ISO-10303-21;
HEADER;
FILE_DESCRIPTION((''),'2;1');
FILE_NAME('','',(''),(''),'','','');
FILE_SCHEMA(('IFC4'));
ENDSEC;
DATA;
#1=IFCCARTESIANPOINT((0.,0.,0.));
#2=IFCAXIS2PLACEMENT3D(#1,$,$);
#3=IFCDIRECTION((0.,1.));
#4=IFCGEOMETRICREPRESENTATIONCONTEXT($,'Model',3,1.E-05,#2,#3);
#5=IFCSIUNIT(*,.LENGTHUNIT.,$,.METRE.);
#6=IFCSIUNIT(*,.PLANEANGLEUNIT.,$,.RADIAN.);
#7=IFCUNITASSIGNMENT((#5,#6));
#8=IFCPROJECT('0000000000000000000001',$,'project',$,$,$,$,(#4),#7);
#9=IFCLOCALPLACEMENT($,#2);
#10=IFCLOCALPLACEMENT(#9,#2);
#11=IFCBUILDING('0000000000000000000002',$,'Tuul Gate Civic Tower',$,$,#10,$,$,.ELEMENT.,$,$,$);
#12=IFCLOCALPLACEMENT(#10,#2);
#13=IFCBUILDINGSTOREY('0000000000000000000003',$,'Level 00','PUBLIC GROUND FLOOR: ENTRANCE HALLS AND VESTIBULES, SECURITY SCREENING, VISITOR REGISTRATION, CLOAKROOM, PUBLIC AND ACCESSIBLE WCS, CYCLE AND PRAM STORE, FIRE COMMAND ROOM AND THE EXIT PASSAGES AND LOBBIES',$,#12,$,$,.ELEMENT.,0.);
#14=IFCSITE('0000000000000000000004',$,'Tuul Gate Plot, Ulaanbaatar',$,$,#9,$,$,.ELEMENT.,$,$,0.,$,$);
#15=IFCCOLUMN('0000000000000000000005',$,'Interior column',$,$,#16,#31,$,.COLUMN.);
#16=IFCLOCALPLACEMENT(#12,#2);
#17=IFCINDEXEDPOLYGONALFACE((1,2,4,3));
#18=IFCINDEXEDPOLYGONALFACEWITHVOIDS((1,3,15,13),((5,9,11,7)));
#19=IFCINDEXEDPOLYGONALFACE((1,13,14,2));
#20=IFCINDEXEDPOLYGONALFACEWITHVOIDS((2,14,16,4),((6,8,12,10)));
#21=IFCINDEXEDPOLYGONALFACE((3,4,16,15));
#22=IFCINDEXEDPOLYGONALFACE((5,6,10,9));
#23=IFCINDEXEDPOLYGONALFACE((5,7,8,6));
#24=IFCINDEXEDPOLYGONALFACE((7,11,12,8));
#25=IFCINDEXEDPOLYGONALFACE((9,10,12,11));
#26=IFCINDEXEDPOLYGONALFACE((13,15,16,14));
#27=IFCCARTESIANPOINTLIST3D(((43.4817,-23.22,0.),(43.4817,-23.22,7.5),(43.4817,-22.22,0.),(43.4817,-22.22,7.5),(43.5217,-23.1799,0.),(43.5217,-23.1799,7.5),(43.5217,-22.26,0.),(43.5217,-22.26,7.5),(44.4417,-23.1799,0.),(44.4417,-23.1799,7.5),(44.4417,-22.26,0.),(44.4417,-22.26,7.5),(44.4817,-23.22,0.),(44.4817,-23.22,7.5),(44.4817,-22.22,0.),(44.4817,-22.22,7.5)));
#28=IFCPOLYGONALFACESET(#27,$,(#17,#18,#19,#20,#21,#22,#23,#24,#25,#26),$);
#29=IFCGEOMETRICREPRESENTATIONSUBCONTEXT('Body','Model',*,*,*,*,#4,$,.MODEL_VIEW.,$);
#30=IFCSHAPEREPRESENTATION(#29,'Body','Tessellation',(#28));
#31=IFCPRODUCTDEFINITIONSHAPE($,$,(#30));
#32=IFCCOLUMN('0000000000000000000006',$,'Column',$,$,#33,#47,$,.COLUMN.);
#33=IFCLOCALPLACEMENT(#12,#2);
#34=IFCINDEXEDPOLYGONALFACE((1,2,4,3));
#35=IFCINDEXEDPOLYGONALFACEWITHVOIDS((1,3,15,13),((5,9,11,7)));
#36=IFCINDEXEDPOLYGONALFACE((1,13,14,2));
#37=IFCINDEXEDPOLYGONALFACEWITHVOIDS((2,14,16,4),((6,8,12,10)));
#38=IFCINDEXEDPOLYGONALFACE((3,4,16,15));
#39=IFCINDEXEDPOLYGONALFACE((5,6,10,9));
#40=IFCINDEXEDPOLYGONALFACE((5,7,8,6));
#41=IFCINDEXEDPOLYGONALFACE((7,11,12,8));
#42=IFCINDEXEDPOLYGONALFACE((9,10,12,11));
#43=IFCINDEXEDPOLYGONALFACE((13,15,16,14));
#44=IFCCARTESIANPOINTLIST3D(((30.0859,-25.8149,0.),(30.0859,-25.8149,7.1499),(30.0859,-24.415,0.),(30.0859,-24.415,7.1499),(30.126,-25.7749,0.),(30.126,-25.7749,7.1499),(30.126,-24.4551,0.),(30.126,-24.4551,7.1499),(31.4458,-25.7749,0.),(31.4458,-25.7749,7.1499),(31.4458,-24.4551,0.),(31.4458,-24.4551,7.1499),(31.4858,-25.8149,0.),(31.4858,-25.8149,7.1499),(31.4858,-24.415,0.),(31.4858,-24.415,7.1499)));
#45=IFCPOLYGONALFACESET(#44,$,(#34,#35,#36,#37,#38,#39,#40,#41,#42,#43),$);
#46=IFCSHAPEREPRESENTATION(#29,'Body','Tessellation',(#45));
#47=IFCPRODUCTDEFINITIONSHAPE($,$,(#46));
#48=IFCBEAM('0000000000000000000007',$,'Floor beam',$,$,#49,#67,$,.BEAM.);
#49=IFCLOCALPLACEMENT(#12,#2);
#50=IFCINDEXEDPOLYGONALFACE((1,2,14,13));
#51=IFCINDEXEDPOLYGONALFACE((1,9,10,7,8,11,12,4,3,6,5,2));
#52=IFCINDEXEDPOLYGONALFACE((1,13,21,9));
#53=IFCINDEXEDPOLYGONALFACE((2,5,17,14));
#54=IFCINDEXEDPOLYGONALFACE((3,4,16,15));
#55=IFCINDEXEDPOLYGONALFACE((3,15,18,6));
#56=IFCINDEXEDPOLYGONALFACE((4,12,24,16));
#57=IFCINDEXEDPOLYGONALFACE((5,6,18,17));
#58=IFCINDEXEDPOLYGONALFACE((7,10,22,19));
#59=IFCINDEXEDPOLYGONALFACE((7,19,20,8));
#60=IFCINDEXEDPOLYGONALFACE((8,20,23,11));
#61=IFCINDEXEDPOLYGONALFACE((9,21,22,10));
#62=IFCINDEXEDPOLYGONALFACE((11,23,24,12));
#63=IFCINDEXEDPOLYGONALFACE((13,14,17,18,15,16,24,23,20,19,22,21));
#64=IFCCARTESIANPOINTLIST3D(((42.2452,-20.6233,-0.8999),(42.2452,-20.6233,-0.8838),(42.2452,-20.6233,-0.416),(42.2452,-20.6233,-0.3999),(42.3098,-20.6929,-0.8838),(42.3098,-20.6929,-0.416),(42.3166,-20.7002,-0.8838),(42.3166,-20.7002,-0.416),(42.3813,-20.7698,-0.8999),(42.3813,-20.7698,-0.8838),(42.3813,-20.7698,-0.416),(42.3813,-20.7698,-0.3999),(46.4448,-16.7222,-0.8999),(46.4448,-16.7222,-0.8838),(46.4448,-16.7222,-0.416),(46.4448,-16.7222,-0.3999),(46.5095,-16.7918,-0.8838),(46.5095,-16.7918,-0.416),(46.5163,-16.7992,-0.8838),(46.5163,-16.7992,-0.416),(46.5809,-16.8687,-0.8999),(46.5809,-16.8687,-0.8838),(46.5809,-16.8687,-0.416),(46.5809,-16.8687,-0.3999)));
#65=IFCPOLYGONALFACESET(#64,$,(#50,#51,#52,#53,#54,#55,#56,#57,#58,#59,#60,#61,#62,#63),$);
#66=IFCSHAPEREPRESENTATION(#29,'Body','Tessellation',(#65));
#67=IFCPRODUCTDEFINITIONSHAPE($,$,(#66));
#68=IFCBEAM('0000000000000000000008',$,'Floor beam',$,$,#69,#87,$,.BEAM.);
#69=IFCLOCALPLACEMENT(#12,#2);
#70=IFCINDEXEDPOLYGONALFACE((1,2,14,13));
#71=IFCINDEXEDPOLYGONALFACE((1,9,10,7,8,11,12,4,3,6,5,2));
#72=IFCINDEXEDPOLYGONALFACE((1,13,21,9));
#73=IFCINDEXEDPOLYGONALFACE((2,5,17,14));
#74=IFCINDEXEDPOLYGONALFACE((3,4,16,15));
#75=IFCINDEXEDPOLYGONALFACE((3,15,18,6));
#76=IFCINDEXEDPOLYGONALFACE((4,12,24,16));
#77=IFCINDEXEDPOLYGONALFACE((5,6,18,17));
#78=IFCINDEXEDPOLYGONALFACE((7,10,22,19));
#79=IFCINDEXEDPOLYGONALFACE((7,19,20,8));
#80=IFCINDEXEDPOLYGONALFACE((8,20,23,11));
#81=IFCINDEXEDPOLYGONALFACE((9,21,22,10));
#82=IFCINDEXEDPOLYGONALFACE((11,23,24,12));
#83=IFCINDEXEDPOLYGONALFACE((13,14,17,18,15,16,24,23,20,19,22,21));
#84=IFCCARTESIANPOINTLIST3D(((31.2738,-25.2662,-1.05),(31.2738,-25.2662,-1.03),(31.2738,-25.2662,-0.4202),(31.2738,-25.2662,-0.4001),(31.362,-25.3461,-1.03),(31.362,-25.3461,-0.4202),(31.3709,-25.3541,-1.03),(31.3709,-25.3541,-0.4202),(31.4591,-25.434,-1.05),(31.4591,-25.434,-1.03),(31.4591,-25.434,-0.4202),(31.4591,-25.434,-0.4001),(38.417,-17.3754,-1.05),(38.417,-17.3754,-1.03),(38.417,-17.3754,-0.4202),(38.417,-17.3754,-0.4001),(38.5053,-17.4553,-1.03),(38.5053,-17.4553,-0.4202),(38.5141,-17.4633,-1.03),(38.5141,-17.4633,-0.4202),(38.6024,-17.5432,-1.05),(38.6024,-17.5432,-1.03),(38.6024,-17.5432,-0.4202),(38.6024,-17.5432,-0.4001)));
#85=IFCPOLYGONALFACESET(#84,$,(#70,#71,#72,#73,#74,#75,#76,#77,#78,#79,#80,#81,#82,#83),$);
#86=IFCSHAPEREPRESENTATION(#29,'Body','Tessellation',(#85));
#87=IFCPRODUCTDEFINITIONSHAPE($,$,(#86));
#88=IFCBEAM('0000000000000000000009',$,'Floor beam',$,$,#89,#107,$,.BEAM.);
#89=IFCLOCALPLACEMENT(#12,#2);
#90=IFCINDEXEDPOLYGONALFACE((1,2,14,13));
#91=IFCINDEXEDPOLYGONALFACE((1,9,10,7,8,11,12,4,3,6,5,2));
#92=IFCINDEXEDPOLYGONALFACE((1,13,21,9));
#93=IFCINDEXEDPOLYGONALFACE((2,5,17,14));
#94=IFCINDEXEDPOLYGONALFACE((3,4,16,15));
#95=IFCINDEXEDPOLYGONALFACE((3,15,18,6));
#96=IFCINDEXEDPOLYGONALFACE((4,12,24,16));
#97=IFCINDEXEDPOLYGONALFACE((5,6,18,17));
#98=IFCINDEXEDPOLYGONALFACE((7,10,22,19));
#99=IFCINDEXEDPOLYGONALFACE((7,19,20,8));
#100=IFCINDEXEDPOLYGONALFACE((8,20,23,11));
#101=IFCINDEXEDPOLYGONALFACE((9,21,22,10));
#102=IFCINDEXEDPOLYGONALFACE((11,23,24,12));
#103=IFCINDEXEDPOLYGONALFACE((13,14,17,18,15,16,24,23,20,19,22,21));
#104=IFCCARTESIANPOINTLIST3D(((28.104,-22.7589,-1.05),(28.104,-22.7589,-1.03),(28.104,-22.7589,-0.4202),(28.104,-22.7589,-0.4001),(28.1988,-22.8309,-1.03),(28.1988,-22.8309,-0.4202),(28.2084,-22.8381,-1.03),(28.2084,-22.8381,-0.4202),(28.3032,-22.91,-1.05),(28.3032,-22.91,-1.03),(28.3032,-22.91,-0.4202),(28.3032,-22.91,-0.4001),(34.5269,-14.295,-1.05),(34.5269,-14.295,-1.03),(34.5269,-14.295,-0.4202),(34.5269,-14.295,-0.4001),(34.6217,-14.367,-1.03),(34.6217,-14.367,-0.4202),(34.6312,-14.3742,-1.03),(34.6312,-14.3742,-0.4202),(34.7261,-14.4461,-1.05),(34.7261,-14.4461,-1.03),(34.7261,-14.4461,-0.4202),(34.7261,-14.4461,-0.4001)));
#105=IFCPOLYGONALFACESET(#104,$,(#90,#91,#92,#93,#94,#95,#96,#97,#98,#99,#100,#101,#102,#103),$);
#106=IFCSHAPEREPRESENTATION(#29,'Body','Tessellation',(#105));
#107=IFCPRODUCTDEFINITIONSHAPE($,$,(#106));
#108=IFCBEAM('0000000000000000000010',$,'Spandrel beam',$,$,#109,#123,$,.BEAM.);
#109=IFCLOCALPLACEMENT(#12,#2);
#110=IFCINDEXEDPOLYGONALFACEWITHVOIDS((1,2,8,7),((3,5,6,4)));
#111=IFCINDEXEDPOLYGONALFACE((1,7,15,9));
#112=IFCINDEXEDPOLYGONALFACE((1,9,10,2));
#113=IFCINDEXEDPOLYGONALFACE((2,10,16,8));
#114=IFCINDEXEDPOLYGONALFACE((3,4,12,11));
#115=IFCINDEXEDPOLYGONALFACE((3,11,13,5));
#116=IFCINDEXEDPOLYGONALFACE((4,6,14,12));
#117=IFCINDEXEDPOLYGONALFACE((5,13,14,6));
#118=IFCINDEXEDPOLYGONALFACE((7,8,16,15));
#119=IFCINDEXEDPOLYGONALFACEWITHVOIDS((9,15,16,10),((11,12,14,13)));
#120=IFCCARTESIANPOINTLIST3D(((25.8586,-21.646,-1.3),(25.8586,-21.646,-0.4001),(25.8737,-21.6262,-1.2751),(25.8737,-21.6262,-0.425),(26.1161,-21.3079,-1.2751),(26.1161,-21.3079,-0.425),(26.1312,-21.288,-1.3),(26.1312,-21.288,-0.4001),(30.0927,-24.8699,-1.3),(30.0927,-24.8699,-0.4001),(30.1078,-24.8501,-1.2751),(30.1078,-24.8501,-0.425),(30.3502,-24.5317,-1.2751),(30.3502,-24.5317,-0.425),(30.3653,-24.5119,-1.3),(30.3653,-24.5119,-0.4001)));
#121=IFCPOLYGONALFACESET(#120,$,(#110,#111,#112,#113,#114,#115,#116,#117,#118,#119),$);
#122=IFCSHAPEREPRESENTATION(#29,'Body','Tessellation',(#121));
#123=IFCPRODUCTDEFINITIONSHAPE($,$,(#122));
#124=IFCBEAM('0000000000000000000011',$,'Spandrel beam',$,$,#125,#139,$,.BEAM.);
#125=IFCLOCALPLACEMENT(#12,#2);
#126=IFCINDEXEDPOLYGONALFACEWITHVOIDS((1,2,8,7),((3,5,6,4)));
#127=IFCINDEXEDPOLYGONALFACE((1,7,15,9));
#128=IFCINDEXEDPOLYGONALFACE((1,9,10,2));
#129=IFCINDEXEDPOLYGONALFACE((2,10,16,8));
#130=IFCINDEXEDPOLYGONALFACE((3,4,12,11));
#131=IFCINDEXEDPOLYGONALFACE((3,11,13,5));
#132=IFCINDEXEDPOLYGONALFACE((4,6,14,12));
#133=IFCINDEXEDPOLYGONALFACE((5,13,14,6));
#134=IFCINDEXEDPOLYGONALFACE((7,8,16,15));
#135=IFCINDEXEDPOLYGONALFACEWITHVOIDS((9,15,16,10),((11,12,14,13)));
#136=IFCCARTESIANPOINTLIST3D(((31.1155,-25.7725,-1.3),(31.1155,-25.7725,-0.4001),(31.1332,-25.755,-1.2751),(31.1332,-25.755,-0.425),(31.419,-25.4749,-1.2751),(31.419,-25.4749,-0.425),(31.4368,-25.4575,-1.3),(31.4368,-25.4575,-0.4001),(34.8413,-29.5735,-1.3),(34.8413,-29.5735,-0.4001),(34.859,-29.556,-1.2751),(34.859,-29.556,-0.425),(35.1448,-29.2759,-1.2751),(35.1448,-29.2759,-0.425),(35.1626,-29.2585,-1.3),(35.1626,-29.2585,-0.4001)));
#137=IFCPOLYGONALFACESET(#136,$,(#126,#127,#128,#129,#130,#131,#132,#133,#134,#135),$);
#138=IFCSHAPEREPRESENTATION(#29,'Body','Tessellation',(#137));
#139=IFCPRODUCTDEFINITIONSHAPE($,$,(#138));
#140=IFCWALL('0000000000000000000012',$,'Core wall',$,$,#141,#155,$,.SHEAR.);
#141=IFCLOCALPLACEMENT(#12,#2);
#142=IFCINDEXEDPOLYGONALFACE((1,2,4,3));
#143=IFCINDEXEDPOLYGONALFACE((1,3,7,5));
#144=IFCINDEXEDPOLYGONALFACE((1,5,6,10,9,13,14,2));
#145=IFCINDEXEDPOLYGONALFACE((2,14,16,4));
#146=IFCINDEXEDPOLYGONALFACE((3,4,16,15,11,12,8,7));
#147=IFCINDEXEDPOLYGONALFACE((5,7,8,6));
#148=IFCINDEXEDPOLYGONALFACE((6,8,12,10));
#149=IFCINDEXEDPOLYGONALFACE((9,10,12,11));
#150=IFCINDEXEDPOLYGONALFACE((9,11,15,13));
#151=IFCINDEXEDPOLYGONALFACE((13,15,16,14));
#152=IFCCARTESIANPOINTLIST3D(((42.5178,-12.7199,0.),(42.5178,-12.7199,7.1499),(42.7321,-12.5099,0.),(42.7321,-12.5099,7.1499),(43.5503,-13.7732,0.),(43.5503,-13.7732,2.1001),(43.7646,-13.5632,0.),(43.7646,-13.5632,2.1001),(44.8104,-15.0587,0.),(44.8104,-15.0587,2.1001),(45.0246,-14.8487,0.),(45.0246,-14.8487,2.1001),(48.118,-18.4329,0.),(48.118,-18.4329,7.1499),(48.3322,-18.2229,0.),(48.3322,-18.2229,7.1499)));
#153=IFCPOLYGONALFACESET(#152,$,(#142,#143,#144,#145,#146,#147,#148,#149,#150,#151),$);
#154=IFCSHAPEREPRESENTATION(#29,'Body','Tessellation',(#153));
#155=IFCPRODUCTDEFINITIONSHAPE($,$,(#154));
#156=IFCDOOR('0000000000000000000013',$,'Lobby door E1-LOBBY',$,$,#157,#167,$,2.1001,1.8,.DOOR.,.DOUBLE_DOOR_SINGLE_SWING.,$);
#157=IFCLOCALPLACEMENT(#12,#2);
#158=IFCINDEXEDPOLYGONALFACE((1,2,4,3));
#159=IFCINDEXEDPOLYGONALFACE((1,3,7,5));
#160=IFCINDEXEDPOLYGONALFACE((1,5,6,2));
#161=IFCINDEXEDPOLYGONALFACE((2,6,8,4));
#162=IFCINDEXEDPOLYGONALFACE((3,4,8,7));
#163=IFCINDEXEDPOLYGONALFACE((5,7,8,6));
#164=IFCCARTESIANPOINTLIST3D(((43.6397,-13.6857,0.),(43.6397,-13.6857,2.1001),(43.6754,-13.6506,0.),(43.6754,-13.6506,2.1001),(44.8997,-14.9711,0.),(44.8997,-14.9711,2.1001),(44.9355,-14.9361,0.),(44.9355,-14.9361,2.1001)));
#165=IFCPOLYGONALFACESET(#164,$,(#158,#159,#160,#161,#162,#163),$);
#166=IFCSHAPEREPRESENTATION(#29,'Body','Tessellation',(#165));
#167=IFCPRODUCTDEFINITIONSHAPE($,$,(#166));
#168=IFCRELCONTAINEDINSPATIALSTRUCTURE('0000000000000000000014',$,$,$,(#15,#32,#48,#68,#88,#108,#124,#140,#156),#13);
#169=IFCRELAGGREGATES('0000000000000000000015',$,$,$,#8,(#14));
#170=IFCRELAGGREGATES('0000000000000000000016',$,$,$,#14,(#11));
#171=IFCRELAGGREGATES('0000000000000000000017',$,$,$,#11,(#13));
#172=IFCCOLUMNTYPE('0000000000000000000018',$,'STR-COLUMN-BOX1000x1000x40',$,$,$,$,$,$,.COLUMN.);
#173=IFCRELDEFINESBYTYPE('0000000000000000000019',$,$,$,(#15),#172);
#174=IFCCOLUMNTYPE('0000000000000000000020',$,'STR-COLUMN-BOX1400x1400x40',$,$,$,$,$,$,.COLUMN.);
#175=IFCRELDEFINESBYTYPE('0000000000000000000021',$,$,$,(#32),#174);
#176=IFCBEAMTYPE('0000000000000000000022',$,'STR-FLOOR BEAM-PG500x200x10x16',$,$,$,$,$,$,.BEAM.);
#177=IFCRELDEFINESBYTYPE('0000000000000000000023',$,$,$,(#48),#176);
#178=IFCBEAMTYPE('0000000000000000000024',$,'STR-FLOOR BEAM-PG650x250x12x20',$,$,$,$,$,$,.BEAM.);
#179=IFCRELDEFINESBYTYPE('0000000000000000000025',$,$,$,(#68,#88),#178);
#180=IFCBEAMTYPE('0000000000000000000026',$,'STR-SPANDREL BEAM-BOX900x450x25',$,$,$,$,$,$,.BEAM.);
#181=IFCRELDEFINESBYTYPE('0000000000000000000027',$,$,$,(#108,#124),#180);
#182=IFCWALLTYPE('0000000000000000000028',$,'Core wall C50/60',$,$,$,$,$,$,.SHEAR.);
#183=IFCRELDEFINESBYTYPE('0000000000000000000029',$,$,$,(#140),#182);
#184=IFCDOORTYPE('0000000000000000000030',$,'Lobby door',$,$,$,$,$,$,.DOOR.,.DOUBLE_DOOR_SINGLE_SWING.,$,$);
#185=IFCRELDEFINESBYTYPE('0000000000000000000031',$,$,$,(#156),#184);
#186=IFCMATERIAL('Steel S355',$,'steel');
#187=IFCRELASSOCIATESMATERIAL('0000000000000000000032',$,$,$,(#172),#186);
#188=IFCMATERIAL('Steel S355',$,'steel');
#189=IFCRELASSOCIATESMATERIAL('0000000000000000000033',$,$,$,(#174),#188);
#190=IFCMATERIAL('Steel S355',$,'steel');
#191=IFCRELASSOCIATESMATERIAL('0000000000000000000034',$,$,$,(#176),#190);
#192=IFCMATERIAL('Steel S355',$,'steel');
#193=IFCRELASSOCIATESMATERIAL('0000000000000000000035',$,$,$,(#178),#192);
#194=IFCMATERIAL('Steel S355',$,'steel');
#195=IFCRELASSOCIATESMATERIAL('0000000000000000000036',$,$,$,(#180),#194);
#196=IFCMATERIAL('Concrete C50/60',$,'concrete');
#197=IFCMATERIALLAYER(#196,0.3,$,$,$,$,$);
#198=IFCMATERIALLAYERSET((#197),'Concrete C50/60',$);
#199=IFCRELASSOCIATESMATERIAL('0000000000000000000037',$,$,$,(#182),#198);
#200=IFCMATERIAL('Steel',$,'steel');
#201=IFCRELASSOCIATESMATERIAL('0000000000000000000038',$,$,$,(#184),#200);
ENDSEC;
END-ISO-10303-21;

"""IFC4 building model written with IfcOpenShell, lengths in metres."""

from ifc_helpers import new_model, si_unit, direction, frame, frame_2d, origin, origin_2d, place, context, subcontext, project, spatial, rectangle, hollow_rectangle, i_section, extrude, material, layer, layer_set, material_profile, profile_set, type_object, element, fill, save


model = new_model("IFC4")

# Units and contexts
model_context = context("Model", 3, precision=1e-05, world=origin(), true_north=direction((0.0, 1.0)))
body_context = subcontext(model_context, "Body", "Model", "MODEL_VIEW")
ifc_project = project(units=[si_unit("LENGTHUNIT", "METRE"), si_unit("PLANEANGLEUNIT", "RADIAN")], contexts=[model_context])

# Site, building, storey
site_placement = place(None, origin())
site = spatial("IfcSite", under=ifc_project, at=site_placement, Name="Tuul Gate Plot, Ulaanbaatar", CompositionType="ELEMENT", RefElevation=0.0)
building_placement = place(site_placement, origin())
building = spatial("IfcBuilding", under=site, at=building_placement, Name="Tuul Gate Civic Tower", CompositionType="ELEMENT")
storey_placement = place(building_placement, origin())
storey = spatial("IfcBuildingStorey", under=building, at=storey_placement, Name="Level 00", Description="PUBLIC GROUND FLOOR: ENTRANCE HALLS AND VESTIBULES, SECURITY SCREENING, VISITOR REGISTRATION, CLOAKROOM, PUBLIC AND ACCESSIBLE WCS, CYCLE AND PRAM STORE, FIRE COMMAND ROOM AND THE EXIT PASSAGES AND LOBBIES", CompositionType="ELEMENT", Elevation=0.0)

# Columns
ifc_material_1 = material(Name="Steel S355", Category="steel")
ifc_material_profile_1 = material_profile(ifc_material_1, hollow_rectangle(XDim=1.0, YDim=1.0, WallThickness=0.04, at=origin_2d()), Name="BOX1000x1000x40")
ifc_profile_set_1 = profile_set([ifc_material_profile_1], Name="Steel S355")
column_type_1 = type_object("IfcColumnType", Name="STR-COLUMN-BOX1000x1000x40", PredefinedType="COLUMN", material=ifc_profile_set_1)
column_1_placement = place(storey_placement, frame((43.9817, -22.72, 0.0), z_axis=(0.0, 0.0, 1.0), x_axis=(1.0, 0.0, 0.0)))
element("IfcColumn", 1, at=column_1_placement, inside=storey, type_object=column_type_1, Name="Interior column", PredefinedType="COLUMN", context=body_context, shape_type="SweptSolid", body=[
    extrude(hollow_rectangle(XDim=1.0, YDim=1.0, WallThickness=0.04, at=origin_2d()), origin(), (0.0, 0.0, 1.0), 7.5),
])
ifc_material_2 = material(Name="Steel S355", Category="steel")
ifc_material_profile_2 = material_profile(ifc_material_2, hollow_rectangle(XDim=1.3999, YDim=1.3999, WallThickness=0.04, at=origin_2d()), Name="BOX1400x1400x40")
ifc_profile_set_2 = profile_set([ifc_material_profile_2], Name="Steel S355")
column_type_2 = type_object("IfcColumnType", Name="STR-COLUMN-BOX1400x1400x40", PredefinedType="COLUMN", material=ifc_profile_set_2)
column_2_placement = place(storey_placement, frame((30.7859, -25.115, 0.0), z_axis=(0.0, 0.0, 1.0), x_axis=(1.0, 0.0, 0.0)))
element("IfcColumn", 2, at=column_2_placement, inside=storey, type_object=column_type_2, Name="Column", PredefinedType="COLUMN", context=body_context, shape_type="SweptSolid", body=[
    extrude(hollow_rectangle(XDim=1.3999, YDim=1.3999, WallThickness=0.04, at=origin_2d()), origin(), (0.0, 0.0, 1.0), 7.1499),
])

# Beams
ifc_material_3 = material(Name="Steel S355", Category="steel")
ifc_material_profile_3 = material_profile(ifc_material_3, i_section(OverallWidth=0.2, OverallDepth=0.5, WebThickness=0.01, FlangeThickness=0.0161, at=origin_2d()), Name="PG500x200x10x16")
ifc_profile_set_3 = profile_set([ifc_material_profile_3], Name="Steel S355")
beam_type_1 = type_object("IfcBeamType", Name="STR-FLOOR BEAM-PG500x200x10x16", PredefinedType="BEAM", material=ifc_profile_set_3)
beam_1_placement = place(storey_placement, frame((42.3132, -20.6965, -0.6499), z_axis=(0.732672, 0.680582, 0.0), x_axis=(-0.680582, 0.732672, 0.0)))
element("IfcBeam", 3, at=beam_1_placement, inside=storey, type_object=beam_type_1, Name="Floor beam", PredefinedType="BEAM", context=body_context, shape_type="SweptSolid", body=[
    extrude(i_section(OverallWidth=0.2, OverallDepth=0.5, WebThickness=0.01, FlangeThickness=0.0161, at=origin_2d()), origin(), (0.0, 0.0, 1.0), 5.7319),
])
ifc_material_4 = material(Name="Steel S355", Category="steel")
ifc_material_profile_4 = material_profile(ifc_material_4, i_section(OverallWidth=0.25, OverallDepth=0.6499, WebThickness=0.012, FlangeThickness=0.02, at=origin_2d()), Name="PG650x250x12x20")
ifc_profile_set_4 = profile_set([ifc_material_profile_4], Name="Steel S355")
beam_type_2 = type_object("IfcBeamType", Name="STR-FLOOR BEAM-PG650x250x12x20", PredefinedType="BEAM", material=ifc_profile_set_4)
beam_2_placement = place(storey_placement, frame((31.3665, -25.3501, -0.7251), z_axis=(0.671118, 0.741351, 0.0), x_axis=(-0.741351, 0.671118, 0.0)))
element("IfcBeam", 4, at=beam_2_placement, inside=storey, type_object=beam_type_2, Name="Floor beam", PredefinedType="BEAM", context=body_context, shape_type="SweptSolid", body=[
    extrude(i_section(OverallWidth=0.25, OverallDepth=0.6499, WebThickness=0.012, FlangeThickness=0.02, at=origin_2d()), origin(), (0.0, 0.0, 1.0), 10.6438),
])
beam_3_placement = place(storey_placement, frame((28.2036, -22.8345, -0.7251), z_axis=(0.604505, 0.796601, 0.0), x_axis=(-0.796601, 0.604505, 0.0)))
element("IfcBeam", 5, at=beam_3_placement, inside=storey, type_object=beam_type_2, Name="Floor beam", PredefinedType="BEAM", context=body_context, shape_type="SweptSolid", body=[
    extrude(i_section(OverallWidth=0.25, OverallDepth=0.6499, WebThickness=0.012, FlangeThickness=0.02, at=origin_2d()), origin(), (0.0, 0.0, 1.0), 10.625),
])
ifc_material_5 = material(Name="Steel S355", Category="steel")
ifc_material_profile_5 = material_profile(ifc_material_5, hollow_rectangle(XDim=0.45, YDim=0.8999, WallThickness=0.0249, at=origin_2d()), Name="BOX900x450x25")
ifc_profile_set_5 = profile_set([ifc_material_profile_5], Name="Steel S355")
beam_type_3 = type_object("IfcBeamType", Name="STR-SPANDREL BEAM-BOX900x450x25", PredefinedType="BEAM", material=ifc_profile_set_5)
beam_4_placement = place(storey_placement, frame((25.9949, -21.467, -0.8501), z_axis=(0.795624, -0.60579, 0.0), x_axis=(0.60579, 0.795624, 0.0)))
element("IfcBeam", 6, at=beam_4_placement, inside=storey, type_object=beam_type_3, Name="Spandrel beam", PredefinedType="BEAM", context=body_context, shape_type="SweptSolid", body=[
    extrude(hollow_rectangle(XDim=0.45, YDim=0.8999, WallThickness=0.0249, at=origin_2d()), origin(), (0.0, 0.0, 1.0), 5.3218),
])
beam_5_placement = place(storey_placement, frame((31.2761, -25.615, -0.8501), z_axis=(0.700008, -0.714135, 0.0), x_axis=(0.714135, 0.700008, 0.0)))
element("IfcBeam", 7, at=beam_5_placement, inside=storey, type_object=beam_type_3, Name="Spandrel beam", PredefinedType="BEAM", context=body_context, shape_type="SweptSolid", body=[
    extrude(hollow_rectangle(XDim=0.45, YDim=0.8999, WallThickness=0.0249, at=origin_2d()), origin(), (0.0, 0.0, 1.0), 5.3225),
])

# Wall, opening, door
ifc_material_6 = material(Name="Concrete C50/60", Category="concrete")
ifc_layer_1 = layer(ifc_material_6, 0.3)
ifc_layer_set_1 = layer_set([ifc_layer_1], Name="Concrete C50/60")
wall_type_1 = type_object("IfcWallType", Name="Core wall C50/60", PredefinedType="SHEAR", material=ifc_layer_set_1)
wall_1_placement = place(storey_placement, frame((48.2251, -18.3279, 0.0), z_axis=(0.0, 0.0, 1.0), x_axis=(-0.700022, 0.714121, 0.0)))
wall_1 = element("IfcWall", 8, at=wall_1_placement, inside=storey, type_object=wall_type_1, Name="Core wall", PredefinedType="SHEAR", context=body_context, shape_type="SweptSolid", body=[
    extrude(rectangle(XDim=8.0, YDim=0.3, at=frame_2d((4.0, 0.0))), origin(), (0.0, 0.0, 1.0), 7.1499),
])
opening_1_placement = place(wall_1_placement, frame((4.7251, 0.0, 0.0)))
opening_1 = element("IfcOpeningElement", 9, at=opening_1_placement, cuts=wall_1, PredefinedType="OPENING", context=body_context, shape_type="SweptSolid", body=[
    extrude(rectangle(XDim=1.8, YDim=2.1001, at=frame_2d((0.8999, 1.05))), frame((0.0, 0.1602, 0.0), z_axis=(0.0, -1.0, 0.0), x_axis=(1.0, 0.0, 0.0)), (0.0, 0.0, 1.0), 0.3201),
])
ifc_material_7 = material(Name="Steel", Category="steel")
door_type_1 = type_object("IfcDoorType", Name="Lobby door", OperationType="DOUBLE_DOOR_SINGLE_SWING", PredefinedType="DOOR", material=ifc_material_7)
door_1_placement = place(opening_1_placement, origin())
door_1 = element("IfcDoor", 10, at=door_1_placement, inside=storey, type_object=door_type_1, Name="Lobby door E1-LOBBY", OperationType="DOUBLE_DOOR_SINGLE_SWING", OverallHeight=2.1001, OverallWidth=1.8, PredefinedType="DOOR", context=body_context, shape_type="SweptSolid", body=[
    extrude(rectangle(XDim=1.8, YDim=2.1001, at=frame_2d((0.8999, 1.05))), frame((0.0, 0.0249, 0.0), z_axis=(0.0, -1.0, 0.0), x_axis=(1.0, 0.0, 0.0)), (0.0, 0.0, 1.0), 0.05),
])
fill(opening_1, door_1)

save(model, "model.ifc")
